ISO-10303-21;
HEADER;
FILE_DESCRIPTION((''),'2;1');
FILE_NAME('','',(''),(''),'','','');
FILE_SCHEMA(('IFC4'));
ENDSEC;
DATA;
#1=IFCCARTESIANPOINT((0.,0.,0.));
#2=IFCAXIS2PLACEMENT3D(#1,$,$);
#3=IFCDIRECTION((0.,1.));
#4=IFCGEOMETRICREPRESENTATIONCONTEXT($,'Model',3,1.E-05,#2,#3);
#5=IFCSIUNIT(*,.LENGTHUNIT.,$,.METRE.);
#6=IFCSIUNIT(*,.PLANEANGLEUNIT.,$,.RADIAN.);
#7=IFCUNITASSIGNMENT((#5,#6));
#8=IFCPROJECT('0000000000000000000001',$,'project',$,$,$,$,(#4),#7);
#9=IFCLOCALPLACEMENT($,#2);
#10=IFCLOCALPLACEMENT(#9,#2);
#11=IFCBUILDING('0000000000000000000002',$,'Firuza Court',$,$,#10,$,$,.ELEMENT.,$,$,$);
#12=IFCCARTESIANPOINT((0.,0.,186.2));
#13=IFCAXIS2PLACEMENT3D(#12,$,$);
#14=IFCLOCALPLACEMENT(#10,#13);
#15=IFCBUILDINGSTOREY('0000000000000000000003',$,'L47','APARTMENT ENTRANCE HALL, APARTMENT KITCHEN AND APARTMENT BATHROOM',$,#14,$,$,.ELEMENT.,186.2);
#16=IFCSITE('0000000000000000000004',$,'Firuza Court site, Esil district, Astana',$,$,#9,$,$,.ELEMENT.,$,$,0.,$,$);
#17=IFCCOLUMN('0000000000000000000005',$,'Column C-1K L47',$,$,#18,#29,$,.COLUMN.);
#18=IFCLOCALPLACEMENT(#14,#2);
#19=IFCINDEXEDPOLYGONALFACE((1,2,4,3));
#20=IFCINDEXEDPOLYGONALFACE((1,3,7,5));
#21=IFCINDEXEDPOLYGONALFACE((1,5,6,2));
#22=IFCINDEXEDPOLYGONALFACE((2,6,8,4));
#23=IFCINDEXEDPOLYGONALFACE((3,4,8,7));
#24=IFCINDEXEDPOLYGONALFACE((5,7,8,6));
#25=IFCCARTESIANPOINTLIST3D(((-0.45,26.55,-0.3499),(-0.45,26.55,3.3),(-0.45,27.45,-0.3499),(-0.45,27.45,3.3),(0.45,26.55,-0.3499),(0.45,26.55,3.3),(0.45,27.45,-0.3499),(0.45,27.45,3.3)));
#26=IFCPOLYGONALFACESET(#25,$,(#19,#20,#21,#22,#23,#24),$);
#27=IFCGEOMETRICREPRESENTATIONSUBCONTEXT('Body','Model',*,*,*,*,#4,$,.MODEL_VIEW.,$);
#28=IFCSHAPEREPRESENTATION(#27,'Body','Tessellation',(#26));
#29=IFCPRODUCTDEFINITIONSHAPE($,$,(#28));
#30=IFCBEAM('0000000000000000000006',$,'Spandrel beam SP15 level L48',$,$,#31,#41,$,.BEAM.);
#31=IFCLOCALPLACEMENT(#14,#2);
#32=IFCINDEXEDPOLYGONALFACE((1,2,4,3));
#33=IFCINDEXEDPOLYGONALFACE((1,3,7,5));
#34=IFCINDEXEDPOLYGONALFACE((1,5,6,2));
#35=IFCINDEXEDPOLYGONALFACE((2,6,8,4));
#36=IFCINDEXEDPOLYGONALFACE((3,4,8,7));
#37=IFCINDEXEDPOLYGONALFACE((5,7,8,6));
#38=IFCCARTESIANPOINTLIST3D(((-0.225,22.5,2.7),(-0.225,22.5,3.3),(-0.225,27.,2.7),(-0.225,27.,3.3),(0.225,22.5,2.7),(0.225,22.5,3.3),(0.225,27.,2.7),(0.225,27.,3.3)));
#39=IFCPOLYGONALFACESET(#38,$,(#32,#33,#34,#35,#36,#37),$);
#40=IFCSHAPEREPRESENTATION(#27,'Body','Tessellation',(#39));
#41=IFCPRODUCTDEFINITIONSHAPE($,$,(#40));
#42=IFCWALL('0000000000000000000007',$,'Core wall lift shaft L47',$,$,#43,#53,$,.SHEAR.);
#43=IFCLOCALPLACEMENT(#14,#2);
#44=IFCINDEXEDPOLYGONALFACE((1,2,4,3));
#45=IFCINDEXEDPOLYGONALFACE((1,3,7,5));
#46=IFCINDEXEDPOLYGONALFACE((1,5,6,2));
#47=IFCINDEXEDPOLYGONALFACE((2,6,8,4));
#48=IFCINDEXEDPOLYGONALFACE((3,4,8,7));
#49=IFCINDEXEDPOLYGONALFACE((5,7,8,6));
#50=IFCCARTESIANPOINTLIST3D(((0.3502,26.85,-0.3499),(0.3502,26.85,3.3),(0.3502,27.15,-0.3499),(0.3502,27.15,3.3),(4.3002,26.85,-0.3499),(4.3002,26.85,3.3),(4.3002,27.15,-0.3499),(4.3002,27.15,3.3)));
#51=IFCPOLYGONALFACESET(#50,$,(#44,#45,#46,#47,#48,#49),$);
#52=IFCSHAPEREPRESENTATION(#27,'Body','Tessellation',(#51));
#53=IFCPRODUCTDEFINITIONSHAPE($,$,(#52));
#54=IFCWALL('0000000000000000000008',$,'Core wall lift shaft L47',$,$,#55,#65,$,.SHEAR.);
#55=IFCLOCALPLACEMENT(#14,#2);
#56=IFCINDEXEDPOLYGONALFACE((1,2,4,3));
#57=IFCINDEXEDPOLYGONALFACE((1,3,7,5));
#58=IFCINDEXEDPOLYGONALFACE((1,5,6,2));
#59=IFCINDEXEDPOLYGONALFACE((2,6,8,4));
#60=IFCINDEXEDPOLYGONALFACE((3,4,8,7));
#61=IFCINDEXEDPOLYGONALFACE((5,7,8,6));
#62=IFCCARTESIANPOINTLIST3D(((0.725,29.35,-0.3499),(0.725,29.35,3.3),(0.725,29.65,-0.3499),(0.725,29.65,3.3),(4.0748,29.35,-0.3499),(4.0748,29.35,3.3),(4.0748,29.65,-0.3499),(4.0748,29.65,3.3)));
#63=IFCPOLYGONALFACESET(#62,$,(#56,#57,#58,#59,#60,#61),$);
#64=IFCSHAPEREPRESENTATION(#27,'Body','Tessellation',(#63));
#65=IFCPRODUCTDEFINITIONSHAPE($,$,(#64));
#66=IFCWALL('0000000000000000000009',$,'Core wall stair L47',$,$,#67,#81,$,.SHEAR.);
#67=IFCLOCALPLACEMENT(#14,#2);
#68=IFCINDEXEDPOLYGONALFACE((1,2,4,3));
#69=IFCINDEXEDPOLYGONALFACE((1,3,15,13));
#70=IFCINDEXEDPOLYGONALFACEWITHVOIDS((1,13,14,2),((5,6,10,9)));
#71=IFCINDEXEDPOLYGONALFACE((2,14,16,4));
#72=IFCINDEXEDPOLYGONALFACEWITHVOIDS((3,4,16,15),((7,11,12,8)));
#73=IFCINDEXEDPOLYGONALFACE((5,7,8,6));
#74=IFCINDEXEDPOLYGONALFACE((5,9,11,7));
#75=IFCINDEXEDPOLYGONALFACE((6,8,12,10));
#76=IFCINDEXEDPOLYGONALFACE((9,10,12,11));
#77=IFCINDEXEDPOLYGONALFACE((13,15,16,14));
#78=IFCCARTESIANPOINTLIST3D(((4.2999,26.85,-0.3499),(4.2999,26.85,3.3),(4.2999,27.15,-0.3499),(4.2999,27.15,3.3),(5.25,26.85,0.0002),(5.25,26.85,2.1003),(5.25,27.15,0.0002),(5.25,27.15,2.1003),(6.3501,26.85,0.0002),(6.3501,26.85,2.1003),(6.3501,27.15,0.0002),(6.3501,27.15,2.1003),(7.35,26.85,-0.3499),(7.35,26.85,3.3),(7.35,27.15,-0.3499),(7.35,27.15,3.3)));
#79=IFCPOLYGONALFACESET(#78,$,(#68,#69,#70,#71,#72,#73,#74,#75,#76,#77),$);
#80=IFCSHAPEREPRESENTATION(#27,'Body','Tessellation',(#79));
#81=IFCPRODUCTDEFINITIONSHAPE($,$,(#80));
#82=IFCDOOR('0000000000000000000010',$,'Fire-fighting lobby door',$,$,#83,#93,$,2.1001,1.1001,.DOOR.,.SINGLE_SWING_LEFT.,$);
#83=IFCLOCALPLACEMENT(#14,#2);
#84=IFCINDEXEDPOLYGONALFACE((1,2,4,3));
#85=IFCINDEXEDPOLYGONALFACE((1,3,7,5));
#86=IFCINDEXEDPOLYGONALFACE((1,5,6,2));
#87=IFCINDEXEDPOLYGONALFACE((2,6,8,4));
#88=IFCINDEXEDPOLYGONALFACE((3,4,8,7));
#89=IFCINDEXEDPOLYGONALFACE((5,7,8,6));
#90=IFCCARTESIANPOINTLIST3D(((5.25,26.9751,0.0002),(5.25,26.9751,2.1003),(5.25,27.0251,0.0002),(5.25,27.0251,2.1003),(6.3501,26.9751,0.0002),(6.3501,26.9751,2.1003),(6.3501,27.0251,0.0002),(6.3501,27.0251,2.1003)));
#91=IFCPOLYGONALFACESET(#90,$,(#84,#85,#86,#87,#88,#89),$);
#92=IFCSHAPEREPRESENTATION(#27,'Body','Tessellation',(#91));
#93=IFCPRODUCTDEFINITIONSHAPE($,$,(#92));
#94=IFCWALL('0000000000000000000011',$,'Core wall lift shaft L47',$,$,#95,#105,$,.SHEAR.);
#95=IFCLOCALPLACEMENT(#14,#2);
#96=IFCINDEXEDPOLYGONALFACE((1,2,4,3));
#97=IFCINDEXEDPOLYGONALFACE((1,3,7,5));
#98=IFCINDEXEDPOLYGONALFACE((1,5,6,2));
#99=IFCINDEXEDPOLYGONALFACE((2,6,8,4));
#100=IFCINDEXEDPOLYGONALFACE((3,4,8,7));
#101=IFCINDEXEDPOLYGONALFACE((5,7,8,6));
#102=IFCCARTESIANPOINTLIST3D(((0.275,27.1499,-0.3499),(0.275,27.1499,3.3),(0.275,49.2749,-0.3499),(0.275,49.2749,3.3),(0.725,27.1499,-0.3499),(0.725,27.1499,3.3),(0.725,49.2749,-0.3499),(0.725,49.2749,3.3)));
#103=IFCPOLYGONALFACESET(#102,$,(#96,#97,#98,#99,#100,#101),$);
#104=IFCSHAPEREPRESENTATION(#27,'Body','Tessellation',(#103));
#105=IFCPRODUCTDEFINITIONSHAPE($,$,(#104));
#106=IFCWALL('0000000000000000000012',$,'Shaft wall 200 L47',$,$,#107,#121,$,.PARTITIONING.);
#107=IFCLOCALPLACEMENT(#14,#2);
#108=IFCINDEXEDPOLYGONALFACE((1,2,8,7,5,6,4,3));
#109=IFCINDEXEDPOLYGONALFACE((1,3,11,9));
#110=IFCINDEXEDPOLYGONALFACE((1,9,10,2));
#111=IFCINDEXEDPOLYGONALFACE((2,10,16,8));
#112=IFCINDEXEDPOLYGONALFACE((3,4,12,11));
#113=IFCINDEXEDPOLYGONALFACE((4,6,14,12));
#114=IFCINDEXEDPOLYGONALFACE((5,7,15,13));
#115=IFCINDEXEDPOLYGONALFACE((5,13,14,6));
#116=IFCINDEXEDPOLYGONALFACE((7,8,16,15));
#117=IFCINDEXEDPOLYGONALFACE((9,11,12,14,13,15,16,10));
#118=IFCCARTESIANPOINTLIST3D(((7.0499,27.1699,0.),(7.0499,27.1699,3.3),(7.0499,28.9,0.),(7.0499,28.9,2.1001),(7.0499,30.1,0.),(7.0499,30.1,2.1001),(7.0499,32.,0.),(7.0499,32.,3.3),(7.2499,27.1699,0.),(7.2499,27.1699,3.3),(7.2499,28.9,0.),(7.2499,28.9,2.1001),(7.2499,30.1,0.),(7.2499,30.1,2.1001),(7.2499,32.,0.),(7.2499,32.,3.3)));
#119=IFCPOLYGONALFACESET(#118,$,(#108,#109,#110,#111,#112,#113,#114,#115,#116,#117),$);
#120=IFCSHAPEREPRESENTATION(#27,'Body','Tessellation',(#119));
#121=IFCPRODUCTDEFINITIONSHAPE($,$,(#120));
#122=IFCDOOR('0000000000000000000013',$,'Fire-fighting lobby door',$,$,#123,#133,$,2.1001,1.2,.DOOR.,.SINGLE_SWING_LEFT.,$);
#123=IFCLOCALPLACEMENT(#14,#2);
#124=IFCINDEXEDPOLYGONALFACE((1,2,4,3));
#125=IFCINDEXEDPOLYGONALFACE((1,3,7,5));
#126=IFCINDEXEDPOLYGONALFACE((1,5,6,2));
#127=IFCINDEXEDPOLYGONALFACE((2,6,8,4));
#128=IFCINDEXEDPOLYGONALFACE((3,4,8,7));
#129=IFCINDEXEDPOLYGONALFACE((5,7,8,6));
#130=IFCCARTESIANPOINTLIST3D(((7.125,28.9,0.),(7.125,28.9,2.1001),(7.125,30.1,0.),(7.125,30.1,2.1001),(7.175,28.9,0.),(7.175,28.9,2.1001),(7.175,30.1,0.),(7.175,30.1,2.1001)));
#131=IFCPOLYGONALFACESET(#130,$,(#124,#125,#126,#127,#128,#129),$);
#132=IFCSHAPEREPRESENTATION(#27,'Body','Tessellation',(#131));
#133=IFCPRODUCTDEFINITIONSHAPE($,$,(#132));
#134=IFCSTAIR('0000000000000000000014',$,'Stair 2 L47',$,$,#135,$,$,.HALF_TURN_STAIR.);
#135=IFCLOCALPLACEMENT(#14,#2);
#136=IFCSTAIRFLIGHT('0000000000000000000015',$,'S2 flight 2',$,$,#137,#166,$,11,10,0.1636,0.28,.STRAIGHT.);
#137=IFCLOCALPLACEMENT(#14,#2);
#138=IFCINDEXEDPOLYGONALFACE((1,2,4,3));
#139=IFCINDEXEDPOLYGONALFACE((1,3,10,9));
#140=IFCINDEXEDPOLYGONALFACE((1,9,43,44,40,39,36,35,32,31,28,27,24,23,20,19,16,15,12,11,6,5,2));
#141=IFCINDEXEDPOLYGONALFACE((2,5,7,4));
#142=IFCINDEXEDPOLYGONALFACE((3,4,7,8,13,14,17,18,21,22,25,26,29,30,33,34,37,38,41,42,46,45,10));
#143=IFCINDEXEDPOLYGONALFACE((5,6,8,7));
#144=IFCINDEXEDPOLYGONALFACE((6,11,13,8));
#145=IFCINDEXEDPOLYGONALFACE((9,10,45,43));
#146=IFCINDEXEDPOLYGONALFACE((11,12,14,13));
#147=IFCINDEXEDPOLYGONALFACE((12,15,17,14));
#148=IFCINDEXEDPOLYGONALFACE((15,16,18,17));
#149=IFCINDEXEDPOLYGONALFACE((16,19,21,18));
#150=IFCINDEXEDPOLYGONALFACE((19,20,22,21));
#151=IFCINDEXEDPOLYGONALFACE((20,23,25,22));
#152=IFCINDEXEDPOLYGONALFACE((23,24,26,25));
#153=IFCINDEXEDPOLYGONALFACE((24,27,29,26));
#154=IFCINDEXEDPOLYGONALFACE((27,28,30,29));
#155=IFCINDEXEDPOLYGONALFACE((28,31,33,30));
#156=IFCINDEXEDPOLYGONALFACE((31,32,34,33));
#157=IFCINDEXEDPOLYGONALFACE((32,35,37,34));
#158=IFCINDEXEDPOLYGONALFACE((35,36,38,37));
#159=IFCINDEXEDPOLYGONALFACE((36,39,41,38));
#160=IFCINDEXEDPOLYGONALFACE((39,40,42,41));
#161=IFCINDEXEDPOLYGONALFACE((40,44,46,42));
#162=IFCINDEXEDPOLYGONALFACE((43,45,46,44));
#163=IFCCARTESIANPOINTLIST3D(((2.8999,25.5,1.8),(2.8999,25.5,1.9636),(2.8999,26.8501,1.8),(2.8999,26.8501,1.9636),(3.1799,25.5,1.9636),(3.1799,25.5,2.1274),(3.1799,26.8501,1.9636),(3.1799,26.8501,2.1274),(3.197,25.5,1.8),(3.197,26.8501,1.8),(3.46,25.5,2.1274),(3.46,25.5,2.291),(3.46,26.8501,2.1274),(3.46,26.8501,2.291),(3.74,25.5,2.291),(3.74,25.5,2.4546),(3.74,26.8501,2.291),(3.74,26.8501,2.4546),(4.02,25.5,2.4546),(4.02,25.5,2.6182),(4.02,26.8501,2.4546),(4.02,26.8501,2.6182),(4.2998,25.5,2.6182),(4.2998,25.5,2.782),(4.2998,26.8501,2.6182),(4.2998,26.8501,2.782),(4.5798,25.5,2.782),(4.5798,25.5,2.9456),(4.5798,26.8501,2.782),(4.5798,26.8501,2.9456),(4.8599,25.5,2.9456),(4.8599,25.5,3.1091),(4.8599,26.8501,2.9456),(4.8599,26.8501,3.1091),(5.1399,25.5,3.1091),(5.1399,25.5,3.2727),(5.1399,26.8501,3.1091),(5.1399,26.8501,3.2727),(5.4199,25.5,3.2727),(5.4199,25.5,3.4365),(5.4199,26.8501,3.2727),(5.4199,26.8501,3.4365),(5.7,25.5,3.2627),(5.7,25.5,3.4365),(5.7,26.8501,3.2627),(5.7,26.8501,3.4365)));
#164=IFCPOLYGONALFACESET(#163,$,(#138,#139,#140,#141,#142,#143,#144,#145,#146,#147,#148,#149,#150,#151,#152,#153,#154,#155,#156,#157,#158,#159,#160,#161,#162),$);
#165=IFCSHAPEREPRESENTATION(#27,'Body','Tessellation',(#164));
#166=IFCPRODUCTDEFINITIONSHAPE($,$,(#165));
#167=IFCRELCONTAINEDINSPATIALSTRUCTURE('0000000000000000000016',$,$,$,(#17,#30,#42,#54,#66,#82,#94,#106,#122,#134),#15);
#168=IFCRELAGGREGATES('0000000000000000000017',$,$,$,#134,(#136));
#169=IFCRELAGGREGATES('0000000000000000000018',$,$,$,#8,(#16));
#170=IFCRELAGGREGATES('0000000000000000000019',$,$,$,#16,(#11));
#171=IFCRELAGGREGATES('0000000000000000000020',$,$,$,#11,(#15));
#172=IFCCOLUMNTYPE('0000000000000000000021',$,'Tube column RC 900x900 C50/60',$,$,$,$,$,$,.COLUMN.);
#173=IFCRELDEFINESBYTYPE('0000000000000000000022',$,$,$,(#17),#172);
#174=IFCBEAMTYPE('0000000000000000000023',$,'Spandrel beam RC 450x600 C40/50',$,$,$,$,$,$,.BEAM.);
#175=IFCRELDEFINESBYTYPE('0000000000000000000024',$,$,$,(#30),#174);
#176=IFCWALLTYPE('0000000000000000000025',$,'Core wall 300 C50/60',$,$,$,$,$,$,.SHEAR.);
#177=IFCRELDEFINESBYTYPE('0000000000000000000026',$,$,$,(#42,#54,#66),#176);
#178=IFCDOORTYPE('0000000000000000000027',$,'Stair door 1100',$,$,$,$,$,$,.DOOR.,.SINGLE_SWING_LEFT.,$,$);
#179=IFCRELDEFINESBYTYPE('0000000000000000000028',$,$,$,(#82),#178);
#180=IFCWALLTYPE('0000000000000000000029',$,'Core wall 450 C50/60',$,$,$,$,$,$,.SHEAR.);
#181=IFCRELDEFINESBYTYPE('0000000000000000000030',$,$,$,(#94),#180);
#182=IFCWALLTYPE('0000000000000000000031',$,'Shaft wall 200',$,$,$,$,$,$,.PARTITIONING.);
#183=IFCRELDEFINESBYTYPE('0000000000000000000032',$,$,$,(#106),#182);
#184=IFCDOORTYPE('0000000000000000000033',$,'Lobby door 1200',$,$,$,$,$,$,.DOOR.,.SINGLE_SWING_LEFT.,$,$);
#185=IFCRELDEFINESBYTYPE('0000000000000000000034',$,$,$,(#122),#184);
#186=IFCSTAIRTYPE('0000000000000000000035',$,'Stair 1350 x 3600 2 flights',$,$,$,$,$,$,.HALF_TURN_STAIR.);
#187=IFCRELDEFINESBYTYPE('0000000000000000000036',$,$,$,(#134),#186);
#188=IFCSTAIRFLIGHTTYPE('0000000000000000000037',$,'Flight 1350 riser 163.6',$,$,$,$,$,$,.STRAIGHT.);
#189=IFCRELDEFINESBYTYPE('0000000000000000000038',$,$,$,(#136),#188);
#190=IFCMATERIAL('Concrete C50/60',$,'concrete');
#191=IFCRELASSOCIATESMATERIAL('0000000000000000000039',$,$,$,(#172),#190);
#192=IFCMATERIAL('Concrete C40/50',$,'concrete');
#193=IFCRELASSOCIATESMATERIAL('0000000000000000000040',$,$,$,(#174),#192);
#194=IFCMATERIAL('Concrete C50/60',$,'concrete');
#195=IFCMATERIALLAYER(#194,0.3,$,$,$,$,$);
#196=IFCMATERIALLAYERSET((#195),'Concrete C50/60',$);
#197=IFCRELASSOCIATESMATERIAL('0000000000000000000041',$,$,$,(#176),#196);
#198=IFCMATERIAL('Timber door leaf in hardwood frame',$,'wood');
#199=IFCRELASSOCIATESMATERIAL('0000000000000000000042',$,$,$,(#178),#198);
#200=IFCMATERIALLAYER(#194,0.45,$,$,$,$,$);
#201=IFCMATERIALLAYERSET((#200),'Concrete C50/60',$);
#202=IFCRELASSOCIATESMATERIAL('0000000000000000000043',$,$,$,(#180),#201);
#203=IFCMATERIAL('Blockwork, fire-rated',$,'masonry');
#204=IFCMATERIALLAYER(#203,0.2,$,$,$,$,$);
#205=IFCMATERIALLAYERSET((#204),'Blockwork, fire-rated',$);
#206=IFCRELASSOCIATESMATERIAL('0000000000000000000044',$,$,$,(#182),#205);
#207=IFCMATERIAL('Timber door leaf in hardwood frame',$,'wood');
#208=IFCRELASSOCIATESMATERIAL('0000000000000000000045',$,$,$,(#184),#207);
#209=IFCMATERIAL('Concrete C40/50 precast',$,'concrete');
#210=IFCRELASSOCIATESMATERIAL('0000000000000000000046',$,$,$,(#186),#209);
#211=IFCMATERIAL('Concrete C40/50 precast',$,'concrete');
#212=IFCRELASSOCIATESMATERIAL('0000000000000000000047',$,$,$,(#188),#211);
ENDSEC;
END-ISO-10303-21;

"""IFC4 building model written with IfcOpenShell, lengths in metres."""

from ifc_helpers import new_model, si_unit, direction, frame, frame_2d, origin, origin_2d, place, context, subcontext, project, spatial, polyline, rectangle, outline, extrude, material, layer, layer_set, material_profile, profile_set, type_object, element, fill, aggregate, save


model = new_model("IFC4")

# Units and contexts
model_context = context("Model", 3, precision=1e-05, world=origin(), true_north=direction((0.0, 1.0)))
body_context = subcontext(model_context, "Body", "Model", "MODEL_VIEW")
ifc_project = project(units=[si_unit("LENGTHUNIT", "METRE"), si_unit("PLANEANGLEUNIT", "RADIAN")], contexts=[model_context])

# Site, building, storey
site_placement = place(None, origin())
site = spatial("IfcSite", under=ifc_project, at=site_placement, Name="Firuza Court site, Esil district, Astana", CompositionType="ELEMENT", RefElevation=0.0)
building_placement = place(site_placement, origin())
building = spatial("IfcBuilding", under=site, at=building_placement, Name="Firuza Court", CompositionType="ELEMENT")
storey_placement = place(building_placement, frame((0.0, 0.0, 186.2)))
storey = spatial("IfcBuildingStorey", under=building, at=storey_placement, Name="L47", Description="APARTMENT ENTRANCE HALL, APARTMENT KITCHEN AND APARTMENT BATHROOM", CompositionType="ELEMENT", Elevation=186.2)

# Column
ifc_material_1 = material(Name="Concrete C50/60", Category="concrete")
ifc_material_profile_1 = material_profile(ifc_material_1, rectangle(XDim=0.8999, YDim=0.8999, at=origin_2d()), Name="RC 900x900")
ifc_profile_set_1 = profile_set([ifc_material_profile_1], Name="Concrete C50/60")
column_type = type_object("IfcColumnType", Name="Tube column RC 900x900 C50/60", PredefinedType="COLUMN", material=ifc_profile_set_1)
column_placement = place(storey_placement, frame((0.0, 27.0, -0.3499), z_axis=(0.0, 0.0, 1.0), x_axis=(1.0, 0.0, 0.0)))
element("IfcColumn", 1, at=column_placement, inside=storey, type_object=column_type, Name="Column C-1K L47", PredefinedType="COLUMN", context=body_context, shape_type="SweptSolid", body=[
    extrude(rectangle(XDim=0.8999, YDim=0.8999, at=origin_2d()), origin(), (0.0, 0.0, 1.0), 3.6499),
])

# Beam
ifc_material_2 = material(Name="Concrete C40/50", Category="concrete")
ifc_material_profile_2 = material_profile(ifc_material_2, rectangle(XDim=0.45, YDim=0.6001, at=origin_2d()), Name="RC 450x600")
ifc_profile_set_2 = profile_set([ifc_material_profile_2], Name="Concrete C40/50")
beam_type = type_object("IfcBeamType", Name="Spandrel beam RC 450x600 C40/50", PredefinedType="BEAM", material=ifc_profile_set_2)
beam_placement = place(storey_placement, frame((0.0, 27.0, 3.0), z_axis=(0.0, -1.0, 0.0), x_axis=(1.0, 0.0, 0.0)))
element("IfcBeam", 2, at=beam_placement, inside=storey, type_object=beam_type, Name="Spandrel beam SP15 level L48", PredefinedType="BEAM", context=body_context, shape_type="SweptSolid", body=[
    extrude(rectangle(XDim=0.45, YDim=0.6001, at=origin_2d()), origin(), (0.0, 0.0, 1.0), 4.5),
])

# Walls
ifc_material_3 = material(Name="Concrete C50/60", Category="concrete")
ifc_layer_1 = layer(ifc_material_3, 0.3)
ifc_layer_set_1 = layer_set([ifc_layer_1], Name="Concrete C50/60")
wall_type_1 = type_object("IfcWallType", Name="Core wall 300 C50/60", PredefinedType="SHEAR", material=ifc_layer_set_1)
wall_1_placement = place(storey_placement, frame((0.3501, 27.0, -0.3499), z_axis=(0.0, 0.0, 1.0), x_axis=(1.0, 0.0, 0.0)))
element("IfcWall", 3, at=wall_1_placement, inside=storey, type_object=wall_type_1, Name="Core wall lift shaft L47", PredefinedType="SHEAR", context=body_context, shape_type="SweptSolid", body=[
    extrude(rectangle(XDim=3.95, YDim=0.3, at=frame_2d((1.9751, 0.0))), origin(), (0.0, 0.0, 1.0), 3.6499),
])
wall_2_placement = place(storey_placement, frame((0.7251, 29.5, -0.3499), z_axis=(0.0, 0.0, 1.0), x_axis=(1.0, 0.0, 0.0)))
element("IfcWall", 4, at=wall_2_placement, inside=storey, type_object=wall_type_1, Name="Core wall lift shaft L47", PredefinedType="SHEAR", context=body_context, shape_type="SweptSolid", body=[
    extrude(rectangle(XDim=3.3499, YDim=0.3, at=frame_2d((1.6748, 0.0))), origin(), (0.0, 0.0, 1.0), 3.6499),
])

# Wall, opening, door
wall_3_placement = place(storey_placement, frame((4.3, 27.0, -0.3499), z_axis=(0.0, 0.0, 1.0), x_axis=(1.0, 0.0, 0.0)))
wall_3 = element("IfcWall", 5, at=wall_3_placement, inside=storey, type_object=wall_type_1, Name="Core wall stair L47", PredefinedType="SHEAR", context=body_context, shape_type="SweptSolid", body=[
    extrude(rectangle(XDim=3.05, YDim=0.3, at=frame_2d((1.5249, 0.0))), origin(), (0.0, 0.0, 1.0), 3.6499),
])
opening_1_placement = place(wall_3_placement, frame((0.95, 0.0, 0.3501)))
opening_1 = element("IfcOpeningElement", 6, at=opening_1_placement, cuts=wall_3, PredefinedType="OPENING", context=body_context, shape_type="SweptSolid", body=[
    extrude(rectangle(XDim=1.1001, YDim=2.1001, at=frame_2d((0.55, 1.05))), frame((0.0, 0.1621, 0.0), z_axis=(0.0, -1.0, 0.0), x_axis=(1.0, 0.0, 0.0)), (0.0, 0.0, 1.0), 0.324),
])
ifc_material_4 = material(Name="Timber door leaf in hardwood frame", Category="wood")
door_type_1 = type_object("IfcDoorType", Name="Stair door 1100", OperationType="SINGLE_SWING_LEFT", PredefinedType="DOOR", material=ifc_material_4)
door_1_placement = place(opening_1_placement, frame((1.1001, 0.0, 0.0), z_axis=(0.0, 0.0, 1.0), x_axis=(-1.0, 0.0, 0.0)))
door_1 = element("IfcDoor", 7, at=door_1_placement, inside=storey, type_object=door_type_1, Name="Fire-fighting lobby door", OperationType="SINGLE_SWING_LEFT", OverallHeight=2.1001, OverallWidth=1.1001, PredefinedType="DOOR", context=body_context, shape_type="SweptSolid", body=[
    extrude(rectangle(XDim=1.1001, YDim=2.1001, at=frame_2d((0.55, 1.05))), frame((0.0, 0.0249, 0.0), z_axis=(0.0, -1.0, 0.0), x_axis=(1.0, 0.0, 0.0)), (0.0, 0.0, 1.0), 0.05),
])
fill(opening_1, door_1)

# Wall
ifc_layer_2 = layer(ifc_material_3, 0.45)
ifc_layer_set_2 = layer_set([ifc_layer_2], Name="Concrete C50/60")
wall_type_2 = type_object("IfcWallType", Name="Core wall 450 C50/60", PredefinedType="SHEAR", material=ifc_layer_set_2)
wall_4_placement = place(storey_placement, frame((0.5, 27.1499, -0.3499), z_axis=(0.0, 0.0, 1.0), x_axis=(0.0, 1.0, 0.0)))
element("IfcWall", 8, at=wall_4_placement, inside=storey, type_object=wall_type_2, Name="Core wall lift shaft L47", PredefinedType="SHEAR", context=body_context, shape_type="SweptSolid", body=[
    extrude(rectangle(XDim=22.125, YDim=0.45, at=frame_2d((11.0625, 0.0))), origin(), (0.0, 0.0, 1.0), 3.6499),
])

# Wall, opening, door
ifc_material_5 = material(Name="Blockwork, fire-rated", Category="masonry")
ifc_layer_3 = layer(ifc_material_5, 0.2)
ifc_layer_set_3 = layer_set([ifc_layer_3], Name="Blockwork, fire-rated")
wall_type_3 = type_object("IfcWallType", Name="Shaft wall 200", PredefinedType="PARTITIONING", material=ifc_layer_set_3)
wall_5_placement = place(storey_placement, frame((7.1499, 27.1699, 0.0), z_axis=(0.0, 0.0, 1.0), x_axis=(0.0, 1.0, 0.0)))
wall_5 = element("IfcWall", 9, at=wall_5_placement, inside=storey, type_object=wall_type_3, Name="Shaft wall 200 L47", PredefinedType="PARTITIONING", context=body_context, shape_type="SweptSolid", body=[
    extrude(rectangle(XDim=4.8301, YDim=0.2, at=frame_2d((2.415, 0.0))), origin(), (0.0, 0.0, 1.0), 3.3),
])
opening_2_placement = place(wall_5_placement, frame((1.73, 0.0, 0.0)))
opening_2 = element("IfcOpeningElement", 10, at=opening_2_placement, cuts=wall_5, PredefinedType="OPENING", context=body_context, shape_type="SweptSolid", body=[
    extrude(rectangle(XDim=1.2, YDim=2.1001, at=frame_2d((0.6001, 1.05))), frame((0.0, 0.1118, 0.0), z_axis=(0.0, -1.0, 0.0), x_axis=(1.0, 0.0, 0.0)), (0.0, 0.0, 1.0), 0.2239),
])
ifc_material_6 = material(Name="Timber door leaf in hardwood frame", Category="wood")
door_type_2 = type_object("IfcDoorType", Name="Lobby door 1200", OperationType="SINGLE_SWING_LEFT", PredefinedType="DOOR", material=ifc_material_6)
door_2_placement = place(opening_2_placement, origin())
door_2 = element("IfcDoor", 11, at=door_2_placement, inside=storey, type_object=door_type_2, Name="Fire-fighting lobby door", OperationType="SINGLE_SWING_LEFT", OverallHeight=2.1001, OverallWidth=1.2, PredefinedType="DOOR", context=body_context, shape_type="SweptSolid", body=[
    extrude(rectangle(XDim=1.2, YDim=2.1001, at=frame_2d((0.6001, 1.05))), frame((0.0, 0.0249, 0.0), z_axis=(0.0, -1.0, 0.0), x_axis=(1.0, 0.0, 0.0)), (0.0, 0.0, 1.0), 0.05),
])
fill(opening_2, door_2)

# Stair, stair flight
ifc_material_7 = material(Name="Concrete C40/50 precast", Category="concrete")
stair_type = type_object("IfcStairType", Name="Stair 1350 x 3600 2 flights", PredefinedType="HALF_TURN_STAIR", material=ifc_material_7)
stair_placement = place(storey_placement, origin())
stair = element("IfcStair", 12, at=stair_placement, inside=storey, type_object=stair_type, Name="Stair 2 L47", PredefinedType="HALF_TURN_STAIR")
ifc_material_8 = material(Name="Concrete C40/50 precast", Category="concrete")
stair_flight_type = type_object("IfcStairFlightType", Name="Flight 1350 riser 163.6", PredefinedType="STRAIGHT", material=ifc_material_8)
stair_flight_placement = place(storey_placement, frame((2.8999, 26.175, 1.8), z_axis=(0.0, 0.0, 1.0), x_axis=(1.0, 0.0, 0.0)))
stair_flight = element("IfcStairFlight", 13, at=stair_flight_placement, type_object=stair_flight_type, Name="S2 flight 2", NumberOfRisers=11, NumberOfTreads=10, PredefinedType="STRAIGHT", RiserHeight=0.1636, TreadLength=0.28, context=body_context, shape_type="SweptSolid", body=[
    extrude(outline(polyline([(0.0, 0.0), (0.0, 0.1636), (0.28, 0.1636), (0.28, 0.3274), (0.5601, 0.3274), (0.5601, 0.491), (0.8401, 0.491), (0.8401, 0.6545), (1.1201, 0.6545), (1.1201, 0.8181), (1.3999, 0.8181), (1.3999, 0.9819), (1.6799, 0.9819), (1.6799, 1.1455), (1.96, 1.1455), (1.96, 1.3091), (2.24, 1.3091), (2.24, 1.4727), (2.52, 1.4727), (2.52, 1.6365), (2.8, 1.6365), (2.8, 1.8), (2.8, 1.4626), (0.2971, 0.0), (0.0, 0.0)])), frame((0.0, 0.675, 0.0), z_axis=(0.0, -1.0, 0.0), x_axis=(1.0, 0.0, 0.0)), (0.0, 0.0, 1.0), 1.3501),
])
aggregate(stair, [stair_flight])

save(model, "model.ifc")
